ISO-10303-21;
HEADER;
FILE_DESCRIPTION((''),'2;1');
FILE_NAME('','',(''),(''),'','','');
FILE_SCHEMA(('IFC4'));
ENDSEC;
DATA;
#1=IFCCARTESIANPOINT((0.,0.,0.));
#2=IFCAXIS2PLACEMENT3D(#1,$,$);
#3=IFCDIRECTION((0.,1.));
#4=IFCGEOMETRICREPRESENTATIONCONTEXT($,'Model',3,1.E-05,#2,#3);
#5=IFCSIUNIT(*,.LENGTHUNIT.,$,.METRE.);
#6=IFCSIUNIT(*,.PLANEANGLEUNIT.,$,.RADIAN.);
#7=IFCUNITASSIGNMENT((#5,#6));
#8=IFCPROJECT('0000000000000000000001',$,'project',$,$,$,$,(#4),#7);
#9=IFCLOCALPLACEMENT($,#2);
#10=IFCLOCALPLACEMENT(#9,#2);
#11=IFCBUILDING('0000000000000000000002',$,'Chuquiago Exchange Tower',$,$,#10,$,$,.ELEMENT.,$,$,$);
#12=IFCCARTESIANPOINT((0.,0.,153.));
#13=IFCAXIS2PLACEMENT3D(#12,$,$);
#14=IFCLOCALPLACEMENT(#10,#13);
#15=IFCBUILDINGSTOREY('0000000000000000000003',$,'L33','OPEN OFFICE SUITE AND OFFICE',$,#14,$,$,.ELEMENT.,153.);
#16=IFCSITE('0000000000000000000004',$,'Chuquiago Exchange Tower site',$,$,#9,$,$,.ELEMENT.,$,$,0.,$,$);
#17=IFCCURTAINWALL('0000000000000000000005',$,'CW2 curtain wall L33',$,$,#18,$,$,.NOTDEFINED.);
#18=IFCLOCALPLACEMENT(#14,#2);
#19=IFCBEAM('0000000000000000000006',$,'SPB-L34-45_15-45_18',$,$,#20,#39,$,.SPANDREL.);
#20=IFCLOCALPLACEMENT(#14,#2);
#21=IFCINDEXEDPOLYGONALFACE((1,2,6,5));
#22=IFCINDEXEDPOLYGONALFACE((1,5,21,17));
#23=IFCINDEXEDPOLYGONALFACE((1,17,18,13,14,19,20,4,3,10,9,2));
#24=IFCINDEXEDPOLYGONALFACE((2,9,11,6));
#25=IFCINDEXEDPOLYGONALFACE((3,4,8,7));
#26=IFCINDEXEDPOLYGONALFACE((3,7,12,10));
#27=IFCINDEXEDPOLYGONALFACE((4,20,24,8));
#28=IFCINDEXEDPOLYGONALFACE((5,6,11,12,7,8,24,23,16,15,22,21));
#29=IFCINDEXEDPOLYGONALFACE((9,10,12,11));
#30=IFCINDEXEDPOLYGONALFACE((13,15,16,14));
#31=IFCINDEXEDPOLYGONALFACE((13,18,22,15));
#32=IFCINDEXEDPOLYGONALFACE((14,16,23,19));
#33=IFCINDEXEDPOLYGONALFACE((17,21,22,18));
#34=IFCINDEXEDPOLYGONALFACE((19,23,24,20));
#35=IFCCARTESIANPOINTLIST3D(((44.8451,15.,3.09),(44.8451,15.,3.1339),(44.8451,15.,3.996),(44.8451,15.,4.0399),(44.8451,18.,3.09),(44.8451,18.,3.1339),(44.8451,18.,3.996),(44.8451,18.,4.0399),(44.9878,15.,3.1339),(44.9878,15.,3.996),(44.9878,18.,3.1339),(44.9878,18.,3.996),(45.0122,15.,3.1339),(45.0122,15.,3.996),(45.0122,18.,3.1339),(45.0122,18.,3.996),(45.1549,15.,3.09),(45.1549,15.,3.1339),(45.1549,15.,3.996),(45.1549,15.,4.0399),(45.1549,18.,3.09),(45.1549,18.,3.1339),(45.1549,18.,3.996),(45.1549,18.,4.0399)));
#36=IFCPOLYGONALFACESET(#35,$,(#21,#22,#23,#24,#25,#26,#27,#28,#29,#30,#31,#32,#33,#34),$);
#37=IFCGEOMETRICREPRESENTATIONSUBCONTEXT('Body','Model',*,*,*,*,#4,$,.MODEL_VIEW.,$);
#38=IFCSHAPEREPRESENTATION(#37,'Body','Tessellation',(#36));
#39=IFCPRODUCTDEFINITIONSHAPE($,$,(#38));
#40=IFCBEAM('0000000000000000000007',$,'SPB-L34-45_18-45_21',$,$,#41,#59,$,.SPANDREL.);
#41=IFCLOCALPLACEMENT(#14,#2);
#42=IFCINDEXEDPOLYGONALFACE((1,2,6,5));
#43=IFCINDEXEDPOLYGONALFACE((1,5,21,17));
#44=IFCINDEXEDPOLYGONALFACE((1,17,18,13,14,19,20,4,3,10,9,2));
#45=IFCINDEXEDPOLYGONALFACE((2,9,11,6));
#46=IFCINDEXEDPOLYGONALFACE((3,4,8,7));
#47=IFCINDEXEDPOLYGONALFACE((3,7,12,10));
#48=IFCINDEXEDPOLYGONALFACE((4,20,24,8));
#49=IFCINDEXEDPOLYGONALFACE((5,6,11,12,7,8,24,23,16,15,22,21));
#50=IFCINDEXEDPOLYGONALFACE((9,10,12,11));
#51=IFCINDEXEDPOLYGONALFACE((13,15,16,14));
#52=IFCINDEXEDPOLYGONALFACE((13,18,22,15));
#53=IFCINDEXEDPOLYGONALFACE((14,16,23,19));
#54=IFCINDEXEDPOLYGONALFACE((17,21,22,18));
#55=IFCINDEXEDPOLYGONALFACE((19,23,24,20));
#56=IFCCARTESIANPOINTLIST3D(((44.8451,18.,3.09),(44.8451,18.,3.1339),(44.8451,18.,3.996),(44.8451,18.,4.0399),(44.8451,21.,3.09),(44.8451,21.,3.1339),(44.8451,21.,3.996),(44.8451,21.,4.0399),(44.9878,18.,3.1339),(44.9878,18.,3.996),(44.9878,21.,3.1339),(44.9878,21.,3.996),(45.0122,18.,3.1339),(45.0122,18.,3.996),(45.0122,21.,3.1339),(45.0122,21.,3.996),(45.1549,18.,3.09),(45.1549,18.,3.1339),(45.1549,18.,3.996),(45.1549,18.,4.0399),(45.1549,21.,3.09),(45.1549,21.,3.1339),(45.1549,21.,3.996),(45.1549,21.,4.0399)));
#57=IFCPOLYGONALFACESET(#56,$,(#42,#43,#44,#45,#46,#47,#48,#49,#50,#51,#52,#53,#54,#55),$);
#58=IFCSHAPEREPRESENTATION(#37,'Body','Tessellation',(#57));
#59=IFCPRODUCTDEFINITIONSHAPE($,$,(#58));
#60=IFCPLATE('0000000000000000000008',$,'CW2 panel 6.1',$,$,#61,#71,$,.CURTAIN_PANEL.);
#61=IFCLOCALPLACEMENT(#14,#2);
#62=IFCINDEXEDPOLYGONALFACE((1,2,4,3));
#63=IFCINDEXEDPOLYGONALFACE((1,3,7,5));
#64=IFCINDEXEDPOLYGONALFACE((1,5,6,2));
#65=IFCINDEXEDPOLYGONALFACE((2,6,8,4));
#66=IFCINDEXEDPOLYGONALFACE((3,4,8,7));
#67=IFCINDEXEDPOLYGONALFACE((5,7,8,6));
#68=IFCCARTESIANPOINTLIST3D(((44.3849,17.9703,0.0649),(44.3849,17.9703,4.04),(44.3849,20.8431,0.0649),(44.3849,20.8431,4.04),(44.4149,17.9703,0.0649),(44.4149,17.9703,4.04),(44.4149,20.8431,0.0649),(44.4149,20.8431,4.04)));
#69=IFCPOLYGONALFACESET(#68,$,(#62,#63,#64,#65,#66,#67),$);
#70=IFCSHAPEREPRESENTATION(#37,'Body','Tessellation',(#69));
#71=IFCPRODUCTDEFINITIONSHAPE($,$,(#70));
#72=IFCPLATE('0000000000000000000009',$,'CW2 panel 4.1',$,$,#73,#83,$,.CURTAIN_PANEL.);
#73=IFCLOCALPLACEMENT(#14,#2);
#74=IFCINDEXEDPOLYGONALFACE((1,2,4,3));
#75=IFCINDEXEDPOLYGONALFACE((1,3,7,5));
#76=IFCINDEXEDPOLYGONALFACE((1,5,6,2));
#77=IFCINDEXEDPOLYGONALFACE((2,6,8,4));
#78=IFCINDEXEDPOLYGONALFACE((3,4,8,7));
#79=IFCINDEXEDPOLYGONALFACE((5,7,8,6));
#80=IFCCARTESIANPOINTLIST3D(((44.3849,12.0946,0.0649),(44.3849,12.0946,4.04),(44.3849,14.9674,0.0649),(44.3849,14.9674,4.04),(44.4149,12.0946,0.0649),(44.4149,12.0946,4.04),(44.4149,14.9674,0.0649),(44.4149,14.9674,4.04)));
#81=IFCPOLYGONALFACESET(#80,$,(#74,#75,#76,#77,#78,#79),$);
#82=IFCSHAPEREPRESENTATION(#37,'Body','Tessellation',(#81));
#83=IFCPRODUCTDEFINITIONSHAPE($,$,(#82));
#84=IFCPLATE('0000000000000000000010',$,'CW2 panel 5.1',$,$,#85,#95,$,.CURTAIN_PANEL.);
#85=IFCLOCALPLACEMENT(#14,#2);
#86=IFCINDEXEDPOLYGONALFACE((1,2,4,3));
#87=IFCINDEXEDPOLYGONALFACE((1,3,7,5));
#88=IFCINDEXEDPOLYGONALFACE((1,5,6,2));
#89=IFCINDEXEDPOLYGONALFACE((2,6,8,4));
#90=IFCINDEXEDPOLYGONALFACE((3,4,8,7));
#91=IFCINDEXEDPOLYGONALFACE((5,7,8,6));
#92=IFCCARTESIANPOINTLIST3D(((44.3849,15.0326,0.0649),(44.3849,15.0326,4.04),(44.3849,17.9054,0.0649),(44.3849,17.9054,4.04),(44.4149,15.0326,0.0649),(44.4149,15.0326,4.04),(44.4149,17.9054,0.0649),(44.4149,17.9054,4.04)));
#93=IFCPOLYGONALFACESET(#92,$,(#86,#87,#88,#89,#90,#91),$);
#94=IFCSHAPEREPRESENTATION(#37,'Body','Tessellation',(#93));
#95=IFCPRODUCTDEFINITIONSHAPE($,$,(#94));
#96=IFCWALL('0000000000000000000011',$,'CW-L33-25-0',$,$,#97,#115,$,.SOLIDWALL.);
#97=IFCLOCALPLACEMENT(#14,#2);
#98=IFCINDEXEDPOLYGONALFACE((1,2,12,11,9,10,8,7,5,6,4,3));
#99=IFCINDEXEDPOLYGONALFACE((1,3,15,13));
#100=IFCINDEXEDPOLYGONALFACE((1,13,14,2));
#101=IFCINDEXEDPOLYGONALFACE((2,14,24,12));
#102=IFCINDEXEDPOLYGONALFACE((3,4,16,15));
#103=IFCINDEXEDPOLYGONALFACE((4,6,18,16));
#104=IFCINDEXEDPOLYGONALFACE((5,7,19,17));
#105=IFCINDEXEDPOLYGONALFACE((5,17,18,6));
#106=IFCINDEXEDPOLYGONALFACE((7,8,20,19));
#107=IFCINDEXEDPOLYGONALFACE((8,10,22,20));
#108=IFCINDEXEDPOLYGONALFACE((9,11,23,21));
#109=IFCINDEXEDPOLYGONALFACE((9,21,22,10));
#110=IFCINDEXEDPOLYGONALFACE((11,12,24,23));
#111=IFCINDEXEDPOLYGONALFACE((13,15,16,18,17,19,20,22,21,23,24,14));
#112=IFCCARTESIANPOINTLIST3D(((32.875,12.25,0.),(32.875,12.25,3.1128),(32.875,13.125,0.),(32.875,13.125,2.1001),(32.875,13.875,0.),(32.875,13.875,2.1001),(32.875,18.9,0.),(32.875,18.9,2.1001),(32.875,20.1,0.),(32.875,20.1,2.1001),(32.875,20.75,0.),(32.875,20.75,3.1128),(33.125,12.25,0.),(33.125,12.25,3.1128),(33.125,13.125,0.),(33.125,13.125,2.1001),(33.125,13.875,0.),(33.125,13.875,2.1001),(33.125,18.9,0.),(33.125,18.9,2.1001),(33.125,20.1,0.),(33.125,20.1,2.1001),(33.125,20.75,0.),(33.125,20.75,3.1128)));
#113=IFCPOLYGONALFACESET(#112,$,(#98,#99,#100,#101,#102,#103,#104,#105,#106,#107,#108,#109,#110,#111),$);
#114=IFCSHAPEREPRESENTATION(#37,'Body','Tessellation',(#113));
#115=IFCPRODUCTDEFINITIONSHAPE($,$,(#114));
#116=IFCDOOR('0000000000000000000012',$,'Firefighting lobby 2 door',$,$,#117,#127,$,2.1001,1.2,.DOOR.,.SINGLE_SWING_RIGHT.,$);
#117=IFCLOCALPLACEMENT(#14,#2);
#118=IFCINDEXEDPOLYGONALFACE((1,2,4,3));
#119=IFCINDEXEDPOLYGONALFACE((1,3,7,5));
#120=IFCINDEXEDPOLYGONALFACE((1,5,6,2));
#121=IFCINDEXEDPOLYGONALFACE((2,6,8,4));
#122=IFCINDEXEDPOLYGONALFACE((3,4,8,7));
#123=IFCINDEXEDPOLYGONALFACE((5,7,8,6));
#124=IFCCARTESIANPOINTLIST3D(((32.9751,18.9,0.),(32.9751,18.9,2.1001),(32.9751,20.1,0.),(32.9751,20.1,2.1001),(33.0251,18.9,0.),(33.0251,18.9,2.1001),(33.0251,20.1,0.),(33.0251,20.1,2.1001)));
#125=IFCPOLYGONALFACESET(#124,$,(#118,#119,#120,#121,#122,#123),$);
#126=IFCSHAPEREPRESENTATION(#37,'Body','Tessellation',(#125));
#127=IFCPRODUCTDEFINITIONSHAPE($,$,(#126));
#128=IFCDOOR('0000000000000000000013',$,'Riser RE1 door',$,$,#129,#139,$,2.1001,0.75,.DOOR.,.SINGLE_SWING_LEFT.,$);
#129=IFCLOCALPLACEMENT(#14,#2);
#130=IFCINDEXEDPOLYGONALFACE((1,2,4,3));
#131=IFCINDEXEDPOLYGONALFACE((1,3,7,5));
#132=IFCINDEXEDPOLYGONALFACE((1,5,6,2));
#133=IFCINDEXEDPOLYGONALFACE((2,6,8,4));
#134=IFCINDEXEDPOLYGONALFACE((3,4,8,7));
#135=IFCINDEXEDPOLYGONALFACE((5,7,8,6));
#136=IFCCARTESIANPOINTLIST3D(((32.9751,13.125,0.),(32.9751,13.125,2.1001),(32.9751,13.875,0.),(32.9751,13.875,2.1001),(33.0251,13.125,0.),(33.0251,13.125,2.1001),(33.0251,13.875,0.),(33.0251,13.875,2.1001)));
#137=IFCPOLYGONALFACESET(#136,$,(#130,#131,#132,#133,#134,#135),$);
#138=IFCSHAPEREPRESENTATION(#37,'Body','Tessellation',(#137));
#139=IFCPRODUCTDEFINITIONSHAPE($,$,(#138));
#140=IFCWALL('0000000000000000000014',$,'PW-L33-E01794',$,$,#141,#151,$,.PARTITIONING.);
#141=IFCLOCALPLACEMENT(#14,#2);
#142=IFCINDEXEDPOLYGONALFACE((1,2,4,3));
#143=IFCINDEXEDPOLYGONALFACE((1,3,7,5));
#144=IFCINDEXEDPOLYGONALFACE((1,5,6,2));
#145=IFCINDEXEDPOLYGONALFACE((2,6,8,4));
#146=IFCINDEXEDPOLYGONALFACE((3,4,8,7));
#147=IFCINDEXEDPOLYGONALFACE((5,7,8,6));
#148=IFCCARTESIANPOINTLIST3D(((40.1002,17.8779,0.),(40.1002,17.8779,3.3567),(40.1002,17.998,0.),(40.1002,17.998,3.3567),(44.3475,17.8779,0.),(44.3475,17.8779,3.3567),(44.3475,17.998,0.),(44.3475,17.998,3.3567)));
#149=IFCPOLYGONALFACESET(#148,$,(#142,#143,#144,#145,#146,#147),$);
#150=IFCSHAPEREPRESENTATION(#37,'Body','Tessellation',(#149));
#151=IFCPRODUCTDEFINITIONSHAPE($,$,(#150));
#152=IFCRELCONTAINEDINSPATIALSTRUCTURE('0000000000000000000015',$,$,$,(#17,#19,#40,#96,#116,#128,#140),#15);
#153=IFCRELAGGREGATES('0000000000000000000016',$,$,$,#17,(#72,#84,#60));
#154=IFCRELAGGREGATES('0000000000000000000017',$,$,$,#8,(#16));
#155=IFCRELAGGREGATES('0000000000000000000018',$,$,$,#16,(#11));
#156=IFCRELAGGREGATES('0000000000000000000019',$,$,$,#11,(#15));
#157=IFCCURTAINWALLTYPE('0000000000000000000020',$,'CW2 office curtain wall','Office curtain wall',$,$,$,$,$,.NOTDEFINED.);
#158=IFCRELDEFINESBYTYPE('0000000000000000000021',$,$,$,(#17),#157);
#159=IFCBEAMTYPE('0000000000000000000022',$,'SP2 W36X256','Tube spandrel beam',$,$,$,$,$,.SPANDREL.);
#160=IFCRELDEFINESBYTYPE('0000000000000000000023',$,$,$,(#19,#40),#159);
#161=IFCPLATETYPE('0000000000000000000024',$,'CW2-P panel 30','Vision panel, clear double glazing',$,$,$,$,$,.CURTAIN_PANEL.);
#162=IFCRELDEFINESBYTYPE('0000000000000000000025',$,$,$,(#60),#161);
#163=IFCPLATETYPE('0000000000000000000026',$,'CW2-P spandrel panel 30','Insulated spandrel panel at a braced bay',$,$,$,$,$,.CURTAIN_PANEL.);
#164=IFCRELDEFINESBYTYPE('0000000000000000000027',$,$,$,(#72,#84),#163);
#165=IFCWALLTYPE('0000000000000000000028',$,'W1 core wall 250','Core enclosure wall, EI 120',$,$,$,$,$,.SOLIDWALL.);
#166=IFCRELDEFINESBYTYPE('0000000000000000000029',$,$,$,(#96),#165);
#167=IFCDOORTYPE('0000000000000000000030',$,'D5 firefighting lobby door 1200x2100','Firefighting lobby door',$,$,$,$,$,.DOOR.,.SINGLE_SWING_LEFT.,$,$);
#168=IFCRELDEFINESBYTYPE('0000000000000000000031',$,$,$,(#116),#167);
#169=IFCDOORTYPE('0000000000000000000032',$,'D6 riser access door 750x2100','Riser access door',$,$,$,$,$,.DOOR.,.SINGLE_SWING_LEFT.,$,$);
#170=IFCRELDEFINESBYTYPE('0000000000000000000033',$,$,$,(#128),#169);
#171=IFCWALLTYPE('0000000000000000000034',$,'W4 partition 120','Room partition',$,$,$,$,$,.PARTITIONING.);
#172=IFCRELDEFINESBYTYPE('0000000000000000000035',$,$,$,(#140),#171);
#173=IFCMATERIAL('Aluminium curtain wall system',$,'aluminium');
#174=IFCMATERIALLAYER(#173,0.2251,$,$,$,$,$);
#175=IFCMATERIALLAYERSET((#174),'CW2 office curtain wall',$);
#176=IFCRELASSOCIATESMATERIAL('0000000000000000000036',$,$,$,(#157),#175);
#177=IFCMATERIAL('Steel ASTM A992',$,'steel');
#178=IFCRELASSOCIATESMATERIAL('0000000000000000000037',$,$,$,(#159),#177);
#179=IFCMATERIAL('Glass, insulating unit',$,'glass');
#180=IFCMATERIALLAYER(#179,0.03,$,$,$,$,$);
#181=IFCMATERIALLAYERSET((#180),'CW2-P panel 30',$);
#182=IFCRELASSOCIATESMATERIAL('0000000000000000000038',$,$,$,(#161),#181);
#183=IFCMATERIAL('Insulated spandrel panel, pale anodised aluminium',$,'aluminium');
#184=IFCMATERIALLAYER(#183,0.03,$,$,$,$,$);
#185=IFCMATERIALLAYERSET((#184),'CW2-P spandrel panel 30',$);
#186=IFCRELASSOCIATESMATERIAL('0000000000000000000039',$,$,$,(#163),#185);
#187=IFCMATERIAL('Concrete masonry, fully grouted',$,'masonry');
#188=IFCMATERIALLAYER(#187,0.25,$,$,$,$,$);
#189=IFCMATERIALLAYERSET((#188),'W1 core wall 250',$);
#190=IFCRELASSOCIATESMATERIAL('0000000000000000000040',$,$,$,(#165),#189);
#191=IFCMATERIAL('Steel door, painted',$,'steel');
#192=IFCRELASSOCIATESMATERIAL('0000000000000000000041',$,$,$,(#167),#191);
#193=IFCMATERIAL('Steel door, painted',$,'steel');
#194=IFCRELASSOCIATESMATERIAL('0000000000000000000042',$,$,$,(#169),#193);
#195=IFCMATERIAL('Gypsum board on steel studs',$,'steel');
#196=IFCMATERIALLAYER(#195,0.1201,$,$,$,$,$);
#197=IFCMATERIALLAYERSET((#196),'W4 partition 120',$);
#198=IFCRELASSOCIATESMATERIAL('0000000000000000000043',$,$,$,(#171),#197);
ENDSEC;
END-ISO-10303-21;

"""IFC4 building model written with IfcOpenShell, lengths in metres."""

from ifc_helpers import new_model, si_unit, direction, frame, frame_2d, origin, origin_2d, place, context, subcontext, project, spatial, rectangle, i_section, extrude, material, layer, layer_set, material_profile, profile_set, type_object, element, fill, aggregate, save


model = new_model("IFC4")

# Units and contexts
model_context = context("Model", 3, precision=1e-05, world=origin(), true_north=direction((0.0, 1.0)))
body_context = subcontext(model_context, "Body", "Model", "MODEL_VIEW")
ifc_project = project(units=[si_unit("LENGTHUNIT", "METRE"), si_unit("PLANEANGLEUNIT", "RADIAN")], contexts=[model_context])

# Site, building, storey
site_placement = place(None, origin())
site = spatial("IfcSite", under=ifc_project, at=site_placement, Name="Chuquiago Exchange Tower site", CompositionType="ELEMENT", RefElevation=0.0)
building_placement = place(site_placement, origin())
building = spatial("IfcBuilding", under=site, at=building_placement, Name="Chuquiago Exchange Tower", CompositionType="ELEMENT")
storey_placement = place(building_placement, frame((0.0, 0.0, 153.0)))
storey = spatial("IfcBuildingStorey", under=building, at=storey_placement, Name="L33", Description="OPEN OFFICE SUITE AND OFFICE", CompositionType="ELEMENT", Elevation=153.0)

# Curtain wall
ifc_material_1 = material(Name="Aluminium curtain wall system", Category="aluminium")
ifc_layer_1 = layer(ifc_material_1, 0.2251)
ifc_layer_set_1 = layer_set([ifc_layer_1], Name="CW2 office curtain wall")
curtain_wall_type = type_object("IfcCurtainWallType", Name="CW2 office curtain wall", Description="Office curtain wall", PredefinedType="NOTDEFINED", material=ifc_layer_set_1)
curtain_wall_placement = place(storey_placement, origin())
curtain_wall = element("IfcCurtainWall", 1, at=curtain_wall_placement, inside=storey, type_object=curtain_wall_type, Name="CW2 curtain wall L33", PredefinedType="NOTDEFINED")

# Beams
ifc_material_2 = material(Name="Steel ASTM A992", Category="steel")
ifc_material_profile_1 = material_profile(ifc_material_2, i_section(OverallWidth=0.3098, OverallDepth=0.95, WebThickness=0.0244, FlangeThickness=0.0439, at=origin_2d()), Name="W36X256")
ifc_profile_set_1 = profile_set([ifc_material_profile_1], Name="Steel ASTM A992")
beam_type_1 = type_object("IfcBeamType", Name="SP2 W36X256", Description="Tube spandrel beam", PredefinedType="SPANDREL", material=ifc_profile_set_1)
for number, where, z_axis, x_axis, name in (
    (2, (45.0, 15.0, 3.5649), (0.0, 1.0, 0.0), (-1.0, 0.0, 0.0), "SPB-L34-45_15-45_18"),
    (3, (45.0, 18.0, 3.5649), (0.0, 1.0, 0.0), (-1.0, 0.0, 0.0), "SPB-L34-45_18-45_21"),
):
    element("IfcBeam", number, at=place(storey_placement, frame(where, z_axis=z_axis, x_axis=x_axis)), inside=storey, type_object=beam_type_1, Name=name, PredefinedType="SPANDREL", context=body_context, shape_type="SweptSolid", body=[
        extrude(i_section(OverallWidth=0.3098, OverallDepth=0.95, WebThickness=0.0244, FlangeThickness=0.0439, at=origin_2d()), origin(), (0.0, 0.0, 1.0), 3.0),
    ])

# Plates
ifc_material_3 = material(Name="Glass, insulating unit", Category="glass")
ifc_layer_2 = layer(ifc_material_3, 0.03)
ifc_layer_set_2 = layer_set([ifc_layer_2], Name="CW2-P panel 30")
plate_type_1 = type_object("IfcPlateType", Name="CW2-P panel 30", Description="Vision panel, clear double glazing", PredefinedType="CURTAIN_PANEL", material=ifc_layer_set_2)
plate_1_placement = place(storey_placement, frame((44.3999, 19.4067, 0.0649), z_axis=(0.0, 0.0, 1.0), x_axis=(0.0, 1.0, 0.0)))
plate_1 = element("IfcPlate", 4, at=plate_1_placement, type_object=plate_type_1, Name="CW2 panel 6.1", PredefinedType="CURTAIN_PANEL", context=body_context, shape_type="SweptSolid", body=[
    extrude(rectangle(XDim=2.8728, YDim=0.03, at=origin_2d()), origin(), (0.0, 0.0, 1.0), 3.9751),
])
ifc_material_4 = material(Name="Insulated spandrel panel, pale anodised aluminium", Category="aluminium")
ifc_layer_3 = layer(ifc_material_4, 0.03)
ifc_layer_set_3 = layer_set([ifc_layer_3], Name="CW2-P spandrel panel 30")
plate_type_2 = type_object("IfcPlateType", Name="CW2-P spandrel panel 30", Description="Insulated spandrel panel at a braced bay", PredefinedType="CURTAIN_PANEL", material=ifc_layer_set_3)
plate_2_placement = place(storey_placement, frame((44.3999, 13.531, 0.0649), z_axis=(0.0, 0.0, 1.0), x_axis=(0.0, 1.0, 0.0)))
plate_2 = element("IfcPlate", 5, at=plate_2_placement, type_object=plate_type_2, Name="CW2 panel 4.1", PredefinedType="CURTAIN_PANEL", context=body_context, shape_type="SweptSolid", body=[
    extrude(rectangle(XDim=2.8728, YDim=0.03, at=origin_2d()), origin(), (0.0, 0.0, 1.0), 3.9751),
])
plate_3_placement = place(storey_placement, frame((44.3999, 16.469, 0.0649), z_axis=(0.0, 0.0, 1.0), x_axis=(0.0, 1.0, 0.0)))
plate_3 = element("IfcPlate", 6, at=plate_3_placement, type_object=plate_type_2, Name="CW2 panel 5.1", PredefinedType="CURTAIN_PANEL", context=body_context, shape_type="SweptSolid", body=[
    extrude(rectangle(XDim=2.8728, YDim=0.03, at=origin_2d()), origin(), (0.0, 0.0, 1.0), 3.9751),
])
aggregate(curtain_wall, [plate_2, plate_3, plate_1])

# Wall, openings, doors
ifc_material_5 = material(Name="Concrete masonry, fully grouted", Category="masonry")
ifc_layer_4 = layer(ifc_material_5, 0.25)
ifc_layer_set_4 = layer_set([ifc_layer_4], Name="W1 core wall 250")
wall_type_1 = type_object("IfcWallType", Name="W1 core wall 250", Description="Core enclosure wall, EI 120", PredefinedType="SOLIDWALL", material=ifc_layer_set_4)
wall_1_placement = place(storey_placement, frame((33.0, 12.25, 0.0), z_axis=(0.0, 0.0, 1.0), x_axis=(0.0, 1.0, 0.0)))
wall_1 = element("IfcWall", 7, at=wall_1_placement, inside=storey, type_object=wall_type_1, Name="CW-L33-25-0", PredefinedType="SOLIDWALL", context=body_context, shape_type="SweptSolid", body=[
    extrude(rectangle(XDim=8.5, YDim=0.25, at=frame_2d((4.25, 0.0))), origin(), (0.0, 0.0, 1.0), 3.1128),
])
opening_1_placement = place(wall_1_placement, frame((6.6499, 0.0, 0.0)))
opening_1 = element("IfcOpeningElement", 8, at=opening_1_placement, cuts=wall_1, PredefinedType="OPENING", context=body_context, shape_type="SweptSolid", body=[
    extrude(rectangle(XDim=1.2, YDim=2.1001, at=frame_2d((0.6001, 1.05))), frame((0.0, 0.135, 0.0), z_axis=(0.0, -1.0, 0.0), x_axis=(1.0, 0.0, 0.0)), (0.0, 0.0, 1.0), 0.27),
])
opening_2_placement = place(wall_1_placement, frame((0.875, 0.0, 0.0)))
opening_2 = element("IfcOpeningElement", 9, at=opening_2_placement, cuts=wall_1, PredefinedType="OPENING", context=body_context, shape_type="SweptSolid", body=[
    extrude(rectangle(XDim=0.75, YDim=2.1001, at=frame_2d((0.375, 1.05))), frame((0.0, 0.135, 0.0), z_axis=(0.0, -1.0, 0.0), x_axis=(1.0, 0.0, 0.0)), (0.0, 0.0, 1.0), 0.27),
])
ifc_material_6 = material(Name="Steel door, painted", Category="steel")
door_type_1 = type_object("IfcDoorType", Name="D5 firefighting lobby door 1200x2100", Description="Firefighting lobby door", OperationType="SINGLE_SWING_LEFT", PredefinedType="DOOR", material=ifc_material_6)
door_1_placement = place(opening_1_placement, origin())
door_1 = element("IfcDoor", 10, at=door_1_placement, inside=storey, type_object=door_type_1, Name="Firefighting lobby 2 door", OperationType="SINGLE_SWING_RIGHT", OverallHeight=2.1001, OverallWidth=1.2, PredefinedType="DOOR", context=body_context, shape_type="SweptSolid", body=[
    extrude(rectangle(XDim=1.2, YDim=2.1001, at=frame_2d((0.6001, 1.05))), frame((0.0, 0.0249, 0.0), z_axis=(0.0, -1.0, 0.0), x_axis=(1.0, 0.0, 0.0)), (0.0, 0.0, 1.0), 0.05),
])
fill(opening_1, door_1)
ifc_material_7 = material(Name="Steel door, painted", Category="steel")
door_type_2 = type_object("IfcDoorType", Name="D6 riser access door 750x2100", Description="Riser access door", OperationType="SINGLE_SWING_LEFT", PredefinedType="DOOR", material=ifc_material_7)
door_2_placement = place(opening_2_placement, origin())
door_2 = element("IfcDoor", 11, at=door_2_placement, inside=storey, type_object=door_type_2, Name="Riser RE1 door", OperationType="SINGLE_SWING_LEFT", OverallHeight=2.1001, OverallWidth=0.75, PredefinedType="DOOR", context=body_context, shape_type="SweptSolid", body=[
    extrude(rectangle(XDim=0.75, YDim=2.1001, at=frame_2d((0.375, 1.05))), frame((0.0, 0.0249, 0.0), z_axis=(0.0, -1.0, 0.0), x_axis=(1.0, 0.0, 0.0)), (0.0, 0.0, 1.0), 0.05),
])
fill(opening_2, door_2)

# Wall
ifc_material_8 = material(Name="Gypsum board on steel studs", Category="steel")
ifc_layer_5 = layer(ifc_material_8, 0.1201)
ifc_layer_set_5 = layer_set([ifc_layer_5], Name="W4 partition 120")
wall_type_2 = type_object("IfcWallType", Name="W4 partition 120", Description="Room partition", PredefinedType="PARTITIONING", material=ifc_layer_set_5)
wall_2_placement = place(storey_placement, frame((44.3474, 17.938, 0.0), z_axis=(0.0, 0.0, 1.0), x_axis=(-1.0, 0.0, 0.0)))
element("IfcWall", 12, at=wall_2_placement, inside=storey, type_object=wall_type_2, Name="PW-L33-E01794", PredefinedType="PARTITIONING", context=body_context, shape_type="SweptSolid", body=[
    extrude(rectangle(XDim=4.2473, YDim=0.1201, at=frame_2d((2.1235, 0.0))), origin(), (0.0, 0.0, 1.0), 3.3567),
])

save(model, "model.ifc")
